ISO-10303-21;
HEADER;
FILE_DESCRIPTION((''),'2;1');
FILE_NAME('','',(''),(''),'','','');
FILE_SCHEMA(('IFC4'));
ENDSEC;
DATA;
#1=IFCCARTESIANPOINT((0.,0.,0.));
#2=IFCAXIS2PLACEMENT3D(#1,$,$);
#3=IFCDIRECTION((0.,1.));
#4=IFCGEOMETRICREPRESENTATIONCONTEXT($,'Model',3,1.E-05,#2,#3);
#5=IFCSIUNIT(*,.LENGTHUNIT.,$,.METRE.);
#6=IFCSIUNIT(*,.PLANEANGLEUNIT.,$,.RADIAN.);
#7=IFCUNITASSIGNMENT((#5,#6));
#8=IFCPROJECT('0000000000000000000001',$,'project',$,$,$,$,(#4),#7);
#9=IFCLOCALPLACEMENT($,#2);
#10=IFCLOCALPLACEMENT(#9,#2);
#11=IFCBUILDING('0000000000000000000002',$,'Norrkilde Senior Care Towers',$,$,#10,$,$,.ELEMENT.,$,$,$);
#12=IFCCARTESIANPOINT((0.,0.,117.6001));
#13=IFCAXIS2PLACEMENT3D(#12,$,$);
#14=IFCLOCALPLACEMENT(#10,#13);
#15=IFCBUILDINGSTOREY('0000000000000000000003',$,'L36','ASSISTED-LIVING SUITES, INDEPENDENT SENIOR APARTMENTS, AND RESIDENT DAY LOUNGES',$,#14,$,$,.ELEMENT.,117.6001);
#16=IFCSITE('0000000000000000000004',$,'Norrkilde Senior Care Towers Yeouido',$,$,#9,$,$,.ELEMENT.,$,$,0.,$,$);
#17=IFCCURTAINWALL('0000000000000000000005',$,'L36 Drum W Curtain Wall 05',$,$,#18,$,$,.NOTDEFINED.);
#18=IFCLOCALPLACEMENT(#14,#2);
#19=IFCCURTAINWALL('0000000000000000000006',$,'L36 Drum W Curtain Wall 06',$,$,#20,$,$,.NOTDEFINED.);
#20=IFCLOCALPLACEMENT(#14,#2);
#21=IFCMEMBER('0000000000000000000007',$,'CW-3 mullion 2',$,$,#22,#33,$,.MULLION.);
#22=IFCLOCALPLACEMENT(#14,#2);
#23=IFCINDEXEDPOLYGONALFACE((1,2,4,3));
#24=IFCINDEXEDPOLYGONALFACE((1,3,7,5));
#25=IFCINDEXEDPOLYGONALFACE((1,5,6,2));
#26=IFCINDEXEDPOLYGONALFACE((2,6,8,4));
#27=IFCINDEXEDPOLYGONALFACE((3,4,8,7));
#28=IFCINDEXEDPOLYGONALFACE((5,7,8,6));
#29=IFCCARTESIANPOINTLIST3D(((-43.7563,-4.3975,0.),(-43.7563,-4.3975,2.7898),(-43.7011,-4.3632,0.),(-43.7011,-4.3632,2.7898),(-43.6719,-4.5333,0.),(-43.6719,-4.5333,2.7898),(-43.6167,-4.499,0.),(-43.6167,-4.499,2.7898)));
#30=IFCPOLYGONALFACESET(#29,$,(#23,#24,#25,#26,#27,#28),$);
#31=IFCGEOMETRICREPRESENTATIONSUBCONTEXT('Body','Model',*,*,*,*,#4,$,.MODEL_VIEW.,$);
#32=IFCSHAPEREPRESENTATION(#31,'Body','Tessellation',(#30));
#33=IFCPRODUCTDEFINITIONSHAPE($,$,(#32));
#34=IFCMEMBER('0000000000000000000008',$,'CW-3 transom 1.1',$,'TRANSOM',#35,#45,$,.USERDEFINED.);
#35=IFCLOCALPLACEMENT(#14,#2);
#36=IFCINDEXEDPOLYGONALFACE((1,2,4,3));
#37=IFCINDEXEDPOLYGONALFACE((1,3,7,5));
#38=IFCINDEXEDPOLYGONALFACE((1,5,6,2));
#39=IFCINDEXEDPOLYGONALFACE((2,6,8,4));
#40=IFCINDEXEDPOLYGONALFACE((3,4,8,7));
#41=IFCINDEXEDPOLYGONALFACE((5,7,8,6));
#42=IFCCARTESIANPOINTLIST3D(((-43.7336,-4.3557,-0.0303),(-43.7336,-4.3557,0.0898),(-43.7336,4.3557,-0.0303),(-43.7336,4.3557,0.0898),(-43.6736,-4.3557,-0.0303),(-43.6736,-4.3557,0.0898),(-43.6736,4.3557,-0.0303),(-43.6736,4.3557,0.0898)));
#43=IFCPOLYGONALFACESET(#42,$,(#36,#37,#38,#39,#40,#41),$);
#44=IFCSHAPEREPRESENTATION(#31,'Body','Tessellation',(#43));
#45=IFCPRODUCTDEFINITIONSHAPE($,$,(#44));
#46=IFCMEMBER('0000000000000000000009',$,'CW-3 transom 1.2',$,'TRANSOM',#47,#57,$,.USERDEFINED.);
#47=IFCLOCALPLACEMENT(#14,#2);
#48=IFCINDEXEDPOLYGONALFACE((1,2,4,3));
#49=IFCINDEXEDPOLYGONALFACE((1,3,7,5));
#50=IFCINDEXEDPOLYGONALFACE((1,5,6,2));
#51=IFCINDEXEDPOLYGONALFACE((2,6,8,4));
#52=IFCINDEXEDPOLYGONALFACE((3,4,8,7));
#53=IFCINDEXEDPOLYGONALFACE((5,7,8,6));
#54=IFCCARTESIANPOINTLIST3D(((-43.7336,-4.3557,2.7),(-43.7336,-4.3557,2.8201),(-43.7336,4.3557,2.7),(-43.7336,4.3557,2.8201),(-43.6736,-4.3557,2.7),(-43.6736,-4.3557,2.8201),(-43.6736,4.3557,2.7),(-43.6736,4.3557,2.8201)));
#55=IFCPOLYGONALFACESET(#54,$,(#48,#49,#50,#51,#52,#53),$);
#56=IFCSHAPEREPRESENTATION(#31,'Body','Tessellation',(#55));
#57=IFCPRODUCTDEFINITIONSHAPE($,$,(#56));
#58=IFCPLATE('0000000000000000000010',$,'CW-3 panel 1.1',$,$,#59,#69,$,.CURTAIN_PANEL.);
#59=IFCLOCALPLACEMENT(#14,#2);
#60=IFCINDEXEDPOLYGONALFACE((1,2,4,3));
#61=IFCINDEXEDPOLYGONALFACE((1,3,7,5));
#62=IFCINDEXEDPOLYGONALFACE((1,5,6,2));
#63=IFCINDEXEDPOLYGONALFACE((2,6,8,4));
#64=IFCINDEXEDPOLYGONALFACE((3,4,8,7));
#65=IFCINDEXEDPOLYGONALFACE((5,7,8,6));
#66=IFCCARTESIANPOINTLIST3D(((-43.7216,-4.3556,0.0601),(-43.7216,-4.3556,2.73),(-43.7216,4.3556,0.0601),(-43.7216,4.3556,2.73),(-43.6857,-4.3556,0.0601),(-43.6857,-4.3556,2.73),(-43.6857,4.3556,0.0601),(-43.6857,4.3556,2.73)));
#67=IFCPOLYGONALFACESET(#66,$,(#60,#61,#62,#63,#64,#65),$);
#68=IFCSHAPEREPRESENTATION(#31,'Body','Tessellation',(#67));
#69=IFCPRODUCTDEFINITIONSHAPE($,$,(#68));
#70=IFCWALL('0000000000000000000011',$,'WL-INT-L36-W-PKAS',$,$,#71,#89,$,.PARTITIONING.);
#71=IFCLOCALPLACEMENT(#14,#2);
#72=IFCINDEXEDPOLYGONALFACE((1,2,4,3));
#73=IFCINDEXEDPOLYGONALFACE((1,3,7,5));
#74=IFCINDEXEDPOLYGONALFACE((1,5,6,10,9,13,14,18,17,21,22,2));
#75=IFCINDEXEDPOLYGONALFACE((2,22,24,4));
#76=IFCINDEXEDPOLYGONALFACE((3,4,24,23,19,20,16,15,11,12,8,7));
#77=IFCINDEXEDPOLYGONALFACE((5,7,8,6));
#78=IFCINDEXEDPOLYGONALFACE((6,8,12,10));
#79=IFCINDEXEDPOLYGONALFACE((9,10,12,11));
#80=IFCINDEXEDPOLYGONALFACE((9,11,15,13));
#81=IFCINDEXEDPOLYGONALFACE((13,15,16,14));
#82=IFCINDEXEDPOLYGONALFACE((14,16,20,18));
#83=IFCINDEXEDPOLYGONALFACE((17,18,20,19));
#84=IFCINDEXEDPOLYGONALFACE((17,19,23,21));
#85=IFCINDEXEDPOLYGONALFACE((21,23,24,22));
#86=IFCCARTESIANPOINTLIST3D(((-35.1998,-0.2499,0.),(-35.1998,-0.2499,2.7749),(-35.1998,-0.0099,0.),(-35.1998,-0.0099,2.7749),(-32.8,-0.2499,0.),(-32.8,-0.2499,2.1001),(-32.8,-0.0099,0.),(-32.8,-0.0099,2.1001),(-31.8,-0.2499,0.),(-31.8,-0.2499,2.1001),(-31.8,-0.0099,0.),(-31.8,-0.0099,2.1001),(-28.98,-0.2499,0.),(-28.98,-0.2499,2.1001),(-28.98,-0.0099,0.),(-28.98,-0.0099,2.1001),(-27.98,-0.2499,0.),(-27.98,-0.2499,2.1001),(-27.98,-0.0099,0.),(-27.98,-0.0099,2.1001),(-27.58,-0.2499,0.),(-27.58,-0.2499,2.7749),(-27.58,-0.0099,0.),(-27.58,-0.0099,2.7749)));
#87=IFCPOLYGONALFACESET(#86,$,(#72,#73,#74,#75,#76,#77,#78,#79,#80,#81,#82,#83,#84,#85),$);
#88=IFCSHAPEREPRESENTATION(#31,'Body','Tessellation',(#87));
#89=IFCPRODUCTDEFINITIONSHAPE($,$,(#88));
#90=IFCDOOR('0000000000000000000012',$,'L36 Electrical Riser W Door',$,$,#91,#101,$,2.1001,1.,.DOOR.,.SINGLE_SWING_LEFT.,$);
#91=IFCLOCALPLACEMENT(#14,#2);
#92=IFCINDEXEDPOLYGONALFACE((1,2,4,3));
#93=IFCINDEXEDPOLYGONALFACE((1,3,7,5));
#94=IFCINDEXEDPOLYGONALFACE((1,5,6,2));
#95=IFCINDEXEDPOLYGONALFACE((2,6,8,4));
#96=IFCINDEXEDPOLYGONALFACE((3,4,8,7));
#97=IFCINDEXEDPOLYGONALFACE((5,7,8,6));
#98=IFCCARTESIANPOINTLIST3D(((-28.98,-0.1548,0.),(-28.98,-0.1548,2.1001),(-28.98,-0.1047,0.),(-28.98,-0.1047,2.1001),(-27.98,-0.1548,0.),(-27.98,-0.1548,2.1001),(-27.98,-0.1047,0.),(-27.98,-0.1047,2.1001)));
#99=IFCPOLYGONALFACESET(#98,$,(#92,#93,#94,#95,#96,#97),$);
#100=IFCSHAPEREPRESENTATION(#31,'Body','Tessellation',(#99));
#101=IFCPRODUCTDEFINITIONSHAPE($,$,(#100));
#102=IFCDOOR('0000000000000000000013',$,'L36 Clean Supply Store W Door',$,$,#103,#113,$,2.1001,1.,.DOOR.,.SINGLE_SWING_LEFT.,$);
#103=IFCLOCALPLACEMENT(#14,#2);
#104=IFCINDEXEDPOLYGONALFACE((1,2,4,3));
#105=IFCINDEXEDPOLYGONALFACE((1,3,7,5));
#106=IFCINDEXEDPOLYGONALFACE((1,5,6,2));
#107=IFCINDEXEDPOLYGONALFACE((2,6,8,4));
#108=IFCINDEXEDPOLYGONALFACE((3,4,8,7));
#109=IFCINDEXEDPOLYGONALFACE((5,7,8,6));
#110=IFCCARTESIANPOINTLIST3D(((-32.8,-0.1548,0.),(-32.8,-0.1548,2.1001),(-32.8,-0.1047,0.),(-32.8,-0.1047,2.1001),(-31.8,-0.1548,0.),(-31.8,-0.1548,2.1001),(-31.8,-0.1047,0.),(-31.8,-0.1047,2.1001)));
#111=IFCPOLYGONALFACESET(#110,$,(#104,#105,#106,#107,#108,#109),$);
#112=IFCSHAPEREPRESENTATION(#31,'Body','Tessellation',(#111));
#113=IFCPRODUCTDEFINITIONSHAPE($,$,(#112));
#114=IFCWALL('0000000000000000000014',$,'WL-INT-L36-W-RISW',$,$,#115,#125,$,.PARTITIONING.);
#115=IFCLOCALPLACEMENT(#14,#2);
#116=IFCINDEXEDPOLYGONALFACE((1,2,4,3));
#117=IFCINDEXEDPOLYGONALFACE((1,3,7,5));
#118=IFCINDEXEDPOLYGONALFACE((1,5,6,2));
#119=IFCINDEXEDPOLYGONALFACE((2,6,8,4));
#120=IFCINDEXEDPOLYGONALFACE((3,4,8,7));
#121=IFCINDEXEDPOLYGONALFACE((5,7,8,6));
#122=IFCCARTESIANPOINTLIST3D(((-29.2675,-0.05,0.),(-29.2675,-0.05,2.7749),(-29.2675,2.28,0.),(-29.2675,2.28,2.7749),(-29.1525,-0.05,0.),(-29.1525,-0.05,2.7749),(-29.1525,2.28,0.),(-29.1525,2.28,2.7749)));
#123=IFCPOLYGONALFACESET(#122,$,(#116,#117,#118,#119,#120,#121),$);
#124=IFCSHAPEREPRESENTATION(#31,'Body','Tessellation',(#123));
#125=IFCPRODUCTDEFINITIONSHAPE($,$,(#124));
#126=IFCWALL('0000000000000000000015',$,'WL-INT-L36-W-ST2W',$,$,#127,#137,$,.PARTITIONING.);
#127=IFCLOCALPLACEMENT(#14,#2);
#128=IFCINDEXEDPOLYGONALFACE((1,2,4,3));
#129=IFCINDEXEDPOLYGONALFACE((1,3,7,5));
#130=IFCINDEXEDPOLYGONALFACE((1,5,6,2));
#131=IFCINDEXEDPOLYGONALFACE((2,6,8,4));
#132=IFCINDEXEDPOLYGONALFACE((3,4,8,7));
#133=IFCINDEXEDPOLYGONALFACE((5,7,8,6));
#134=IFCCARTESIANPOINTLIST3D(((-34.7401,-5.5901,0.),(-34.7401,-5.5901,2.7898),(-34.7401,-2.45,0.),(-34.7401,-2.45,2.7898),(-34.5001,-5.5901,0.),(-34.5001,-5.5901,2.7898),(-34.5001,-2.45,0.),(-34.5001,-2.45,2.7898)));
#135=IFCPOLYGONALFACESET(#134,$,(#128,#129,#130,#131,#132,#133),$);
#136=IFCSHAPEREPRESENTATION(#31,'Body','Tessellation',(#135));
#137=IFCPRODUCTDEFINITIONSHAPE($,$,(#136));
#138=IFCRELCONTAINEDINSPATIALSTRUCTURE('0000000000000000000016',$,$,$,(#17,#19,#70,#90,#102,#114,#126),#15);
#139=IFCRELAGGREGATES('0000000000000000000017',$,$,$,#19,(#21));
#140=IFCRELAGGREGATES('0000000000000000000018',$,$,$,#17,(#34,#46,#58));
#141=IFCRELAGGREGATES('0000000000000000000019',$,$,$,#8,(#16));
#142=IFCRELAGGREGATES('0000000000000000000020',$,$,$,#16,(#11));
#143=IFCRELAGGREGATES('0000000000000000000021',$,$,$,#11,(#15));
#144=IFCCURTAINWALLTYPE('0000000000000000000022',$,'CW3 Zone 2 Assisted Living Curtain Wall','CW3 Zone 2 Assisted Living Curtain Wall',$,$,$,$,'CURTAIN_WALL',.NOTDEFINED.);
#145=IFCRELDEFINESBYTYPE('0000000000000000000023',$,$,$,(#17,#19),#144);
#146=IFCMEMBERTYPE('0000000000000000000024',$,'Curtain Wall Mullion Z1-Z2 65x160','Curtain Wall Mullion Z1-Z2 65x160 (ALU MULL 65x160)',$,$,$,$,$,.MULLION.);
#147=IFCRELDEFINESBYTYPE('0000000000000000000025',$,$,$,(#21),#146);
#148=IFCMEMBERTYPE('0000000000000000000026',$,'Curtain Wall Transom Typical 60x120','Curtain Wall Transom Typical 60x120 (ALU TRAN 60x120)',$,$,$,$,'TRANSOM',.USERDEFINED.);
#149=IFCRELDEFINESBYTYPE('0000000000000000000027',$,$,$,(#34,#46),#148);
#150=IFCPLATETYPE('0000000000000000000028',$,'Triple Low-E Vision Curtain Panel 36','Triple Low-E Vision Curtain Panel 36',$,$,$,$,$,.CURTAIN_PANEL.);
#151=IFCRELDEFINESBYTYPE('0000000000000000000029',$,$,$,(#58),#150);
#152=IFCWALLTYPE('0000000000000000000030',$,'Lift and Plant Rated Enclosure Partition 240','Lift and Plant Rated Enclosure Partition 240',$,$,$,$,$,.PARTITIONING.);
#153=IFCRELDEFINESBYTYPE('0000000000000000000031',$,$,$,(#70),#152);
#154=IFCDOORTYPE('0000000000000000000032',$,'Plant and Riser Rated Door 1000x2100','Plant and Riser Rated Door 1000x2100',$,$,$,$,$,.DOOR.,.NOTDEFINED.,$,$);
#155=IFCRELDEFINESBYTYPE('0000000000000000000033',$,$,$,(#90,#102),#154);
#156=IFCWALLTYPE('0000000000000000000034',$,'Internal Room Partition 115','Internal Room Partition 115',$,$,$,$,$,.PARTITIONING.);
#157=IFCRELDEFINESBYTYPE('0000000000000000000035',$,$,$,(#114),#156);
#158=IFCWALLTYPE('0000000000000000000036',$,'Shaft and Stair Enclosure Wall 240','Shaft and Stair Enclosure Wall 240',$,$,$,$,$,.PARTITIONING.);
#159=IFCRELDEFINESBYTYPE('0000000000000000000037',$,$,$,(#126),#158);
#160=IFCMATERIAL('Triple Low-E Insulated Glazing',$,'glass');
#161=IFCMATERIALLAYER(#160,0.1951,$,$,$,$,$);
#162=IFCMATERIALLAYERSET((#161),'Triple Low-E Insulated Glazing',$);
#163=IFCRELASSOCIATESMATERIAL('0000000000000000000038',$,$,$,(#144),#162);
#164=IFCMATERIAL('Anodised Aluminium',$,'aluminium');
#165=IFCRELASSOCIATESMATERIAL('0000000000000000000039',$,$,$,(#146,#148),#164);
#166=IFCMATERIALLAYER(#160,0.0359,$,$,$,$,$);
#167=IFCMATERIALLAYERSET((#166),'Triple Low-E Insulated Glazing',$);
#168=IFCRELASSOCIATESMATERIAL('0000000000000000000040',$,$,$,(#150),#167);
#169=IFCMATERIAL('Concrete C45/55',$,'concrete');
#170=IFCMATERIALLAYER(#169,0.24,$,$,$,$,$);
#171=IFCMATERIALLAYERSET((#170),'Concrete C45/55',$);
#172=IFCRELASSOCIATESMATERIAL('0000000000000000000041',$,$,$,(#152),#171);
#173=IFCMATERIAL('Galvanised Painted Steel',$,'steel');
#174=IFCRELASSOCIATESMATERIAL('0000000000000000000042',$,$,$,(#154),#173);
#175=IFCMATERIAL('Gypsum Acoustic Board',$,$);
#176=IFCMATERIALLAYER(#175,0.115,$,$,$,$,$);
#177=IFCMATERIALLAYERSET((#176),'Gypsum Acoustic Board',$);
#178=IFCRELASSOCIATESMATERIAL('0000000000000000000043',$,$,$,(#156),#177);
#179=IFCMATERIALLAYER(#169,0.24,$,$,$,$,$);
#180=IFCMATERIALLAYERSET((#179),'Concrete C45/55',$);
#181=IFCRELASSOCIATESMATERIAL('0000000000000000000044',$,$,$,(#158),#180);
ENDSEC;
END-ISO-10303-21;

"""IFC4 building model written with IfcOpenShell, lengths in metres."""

from ifc_helpers import new_model, si_unit, direction, frame, frame_2d, origin, origin_2d, place, context, subcontext, project, spatial, rectangle, extrude, source, transform, mapped, material, layer, layer_set, material_profile, profile_set, type_object, type_shapes, element, fill, aggregate, save


model = new_model("IFC4")

# Units and contexts
model_context = context("Model", 3, precision=1e-05, world=origin(), true_north=direction((0.0, 1.0)))
body_context = subcontext(model_context, "Body", "Model", "MODEL_VIEW")
ifc_project = project(units=[si_unit("LENGTHUNIT", "METRE"), si_unit("PLANEANGLEUNIT", "RADIAN")], contexts=[model_context])

# Site, building, storey
site_placement = place(None, origin())
site = spatial("IfcSite", under=ifc_project, at=site_placement, Name="Norrkilde Senior Care Towers Yeouido", CompositionType="ELEMENT", RefElevation=0.0)
building_placement = place(site_placement, origin())
building = spatial("IfcBuilding", under=site, at=building_placement, Name="Norrkilde Senior Care Towers", CompositionType="ELEMENT")
storey_placement = place(building_placement, frame((0.0, 0.0, 117.6001)))
storey = spatial("IfcBuildingStorey", under=building, at=storey_placement, Name="L36", Description="ASSISTED-LIVING SUITES, INDEPENDENT SENIOR APARTMENTS, AND RESIDENT DAY LOUNGES", CompositionType="ELEMENT", Elevation=117.6001)

# Curtain walls, member
ifc_material_1 = material(Name="Triple Low-E Insulated Glazing", Category="glass")
ifc_layer_1 = layer(ifc_material_1, 0.1951)
ifc_layer_set_1 = layer_set([ifc_layer_1], Name="Triple Low-E Insulated Glazing")
curtain_wall_type = type_object("IfcCurtainWallType", Name="CW3 Zone 2 Assisted Living Curtain Wall", Description="CW3 Zone 2 Assisted Living Curtain Wall", ElementType="CURTAIN_WALL", PredefinedType="NOTDEFINED", material=ifc_layer_set_1)
curtain_wall_1_placement = place(storey_placement, origin())
curtain_wall_1 = element("IfcCurtainWall", 1, at=curtain_wall_1_placement, inside=storey, type_object=curtain_wall_type, Name="L36 Drum W Curtain Wall 05", PredefinedType="NOTDEFINED")
ifc_material_2 = material(Name="Anodised Aluminium", Category="aluminium")
ifc_material_profile_1 = material_profile(ifc_material_2, rectangle(XDim=0.0649, YDim=0.1599, at=origin_2d()), Name="ALU MULL 65x160")
ifc_profile_set_1 = profile_set([ifc_material_profile_1], Name="Anodised Aluminium")
member_type_1 = type_object("IfcMemberType", Name="Curtain Wall Mullion Z1-Z2 65x160", Description="Curtain Wall Mullion Z1-Z2 65x160 (ALU MULL 65x160)", PredefinedType="MULLION", material=ifc_profile_set_1)
shared_shape_1 = source(origin(), body_context, "Body", "SweptSolid", [
    extrude(rectangle(XDim=0.0649, YDim=0.1599, at=origin_2d()), origin(), (0.0, 0.0, 1.0), 2.7898),
])
type_shapes(member_type_1, [shared_shape_1])
curtain_wall_2_placement = place(storey_placement, origin())
curtain_wall_2 = element("IfcCurtainWall", 2, at=curtain_wall_2_placement, inside=storey, type_object=curtain_wall_type, Name="L36 Drum W Curtain Wall 06", PredefinedType="NOTDEFINED")
member_1_placement = place(storey_placement, frame((-43.6865, -4.4482, 0.0), z_axis=(0.0, 0.0, 1.0), x_axis=(-0.84941, -0.527733, 0.0)))
member_1 = element("IfcMember", 3, at=member_1_placement, type_object=member_type_1, Name="CW-3 mullion 2", PredefinedType="MULLION", context=body_context, shape_type="MappedRepresentation", body=[
    mapped(shared_shape_1, transform((0.0, 0.0, 0.0), x_axis=(1.0, 0.0, 0.0), y_axis=(0.0, 1.0, 0.0), z_axis=(0.0, 0.0, 1.0), scale=1.0)),
])
aggregate(curtain_wall_2, [member_1])

# Members
ifc_material_profile_2 = material_profile(ifc_material_2, rectangle(XDim=0.0601, YDim=0.1201, at=origin_2d()), Name="ALU TRAN 60x120")
ifc_profile_set_2 = profile_set([ifc_material_profile_2], Name="Anodised Aluminium")
member_type_2 = type_object("IfcMemberType", Name="Curtain Wall Transom Typical 60x120", Description="Curtain Wall Transom Typical 60x120 (ALU TRAN 60x120)", ElementType="TRANSOM", PredefinedType="USERDEFINED", material=ifc_profile_set_2)
shared_shape_2 = source(origin(), body_context, "Body", "SweptSolid", [
    extrude(rectangle(XDim=0.0601, YDim=0.1201, at=origin_2d()), origin(), (0.0, 0.0, 1.0), 8.7114),
])
type_shapes(member_type_2, [shared_shape_2])
member_2_placement = place(storey_placement, frame((-43.7036, -4.3557, 0.0298), z_axis=(0.0, 1.0, 0.0), x_axis=(-1.0, 0.0, 0.0)))
member_2 = element("IfcMember", 4, at=member_2_placement, type_object=member_type_2, Name="CW-3 transom 1.1", ObjectType="TRANSOM", PredefinedType="USERDEFINED", context=body_context, shape_type="MappedRepresentation", body=[
    mapped(shared_shape_2, transform((0.0, 0.0, 0.0), x_axis=(1.0, 0.0, 0.0), y_axis=(0.0, 1.0, 0.0), z_axis=(0.0, 0.0, 1.0), scale=1.0)),
])
member_3_placement = place(storey_placement, frame((-43.7036, -4.3557, 2.76), z_axis=(0.0, 1.0, 0.0), x_axis=(-1.0, 0.0, 0.0)))
member_3 = element("IfcMember", 5, at=member_3_placement, type_object=member_type_2, Name="CW-3 transom 1.2", ObjectType="TRANSOM", PredefinedType="USERDEFINED", context=body_context, shape_type="MappedRepresentation", body=[
    mapped(shared_shape_2, transform((0.0, 0.0, 0.0), x_axis=(1.0, 0.0, 0.0), y_axis=(0.0, 1.0, 0.0), z_axis=(0.0, 0.0, 1.0), scale=1.0)),
])

# Plate
ifc_layer_2 = layer(ifc_material_1, 0.0359)
ifc_layer_set_2 = layer_set([ifc_layer_2], Name="Triple Low-E Insulated Glazing")
plate_type = type_object("IfcPlateType", Name="Triple Low-E Vision Curtain Panel 36", Description="Triple Low-E Vision Curtain Panel 36", PredefinedType="CURTAIN_PANEL", material=ifc_layer_set_2)
shared_shape_3 = source(origin(), body_context, "Body", "SweptSolid", [
    extrude(rectangle(XDim=8.7112, YDim=0.0359, at=origin_2d()), origin(), (0.0, 0.0, 1.0), 2.6699),
])
type_shapes(plate_type, [shared_shape_3])
plate_placement = place(storey_placement, frame((-43.7036, 0.0, 0.0601), z_axis=(0.0, 0.0, 1.0), x_axis=(0.0, 1.0, 0.0)))
plate = element("IfcPlate", 6, at=plate_placement, type_object=plate_type, Name="CW-3 panel 1.1", PredefinedType="CURTAIN_PANEL", context=body_context, shape_type="MappedRepresentation", body=[
    mapped(shared_shape_3, transform((0.0, 0.0, 0.0), x_axis=(1.0, 0.0, 0.0), y_axis=(0.0, 1.0, 0.0), z_axis=(0.0, 0.0, 1.0), scale=1.0)),
])
aggregate(curtain_wall_1, [member_2, member_3, plate])

# Shared definitions
ifc_material_3 = material(Name="Galvanised Painted Steel", Category="steel")

# Wall, openings, doors
ifc_material_4 = material(Name="Concrete C45/55", Category="concrete")
ifc_layer_3 = layer(ifc_material_4, 0.24)
ifc_layer_set_3 = layer_set([ifc_layer_3], Name="Concrete C45/55")
wall_type_1 = type_object("IfcWallType", Name="Lift and Plant Rated Enclosure Partition 240", Description="Lift and Plant Rated Enclosure Partition 240", PredefinedType="PARTITIONING", material=ifc_layer_set_3)
shared_shape_4 = source(origin(), body_context, "Body", "SweptSolid", [
    extrude(rectangle(XDim=7.6199, YDim=0.24, at=frame_2d((3.8101, 0.0))), origin(), (0.0, 0.0, 1.0), 2.7749),
])
type_shapes(wall_type_1, [shared_shape_4])
wall_1_placement = place(storey_placement, frame((-35.2, -0.1299, 0.0), z_axis=(0.0, 0.0, 1.0), x_axis=(1.0, 0.0, 0.0)))
wall_1 = element("IfcWall", 7, at=wall_1_placement, inside=storey, type_object=wall_type_1, Name="WL-INT-L36-W-PKAS", PredefinedType="PARTITIONING", context=body_context, shape_type="MappedRepresentation", body=[
    mapped(shared_shape_4, transform((0.0, 0.0, 0.0), x_axis=(1.0, 0.0, 0.0), y_axis=(0.0, 1.0, 0.0), z_axis=(0.0, 0.0, 1.0), scale=1.0)),
])
opening_1_placement = place(wall_1_placement, frame((6.22, 0.0, 0.0)))
opening_1 = element("IfcOpeningElement", 8, at=opening_1_placement, cuts=wall_1, PredefinedType="OPENING", context=body_context, shape_type="SweptSolid", body=[
    extrude(rectangle(XDim=1.0, YDim=2.1001, at=frame_2d((0.5, 1.05))), frame((0.0, 0.1299, 0.0), z_axis=(0.0, -1.0, 0.0), x_axis=(1.0, 0.0, 0.0)), (0.0, 0.0, 1.0), 0.26),
])
opening_2_placement = place(wall_1_placement, frame((2.3999, 0.0, 0.0)))
opening_2 = element("IfcOpeningElement", 9, at=opening_2_placement, cuts=wall_1, PredefinedType="OPENING", context=body_context, shape_type="SweptSolid", body=[
    extrude(rectangle(XDim=1.0, YDim=2.1001, at=frame_2d((0.5, 1.05))), frame((0.0, 0.1299, 0.0), z_axis=(0.0, -1.0, 0.0), x_axis=(1.0, 0.0, 0.0)), (0.0, 0.0, 1.0), 0.26),
])
door_type_1 = type_object("IfcDoorType", Name="Plant and Riser Rated Door 1000x2100", Description="Plant and Riser Rated Door 1000x2100", OperationType="NOTDEFINED", PredefinedType="DOOR", material=ifc_material_3)
shared_shape_5 = source(origin(), body_context, "Body", "SweptSolid", [
    extrude(rectangle(XDim=1.0, YDim=2.1001, at=frame_2d((0.5, 1.05))), frame((0.0, 0.0249, 0.0), z_axis=(0.0, -1.0, 0.0), x_axis=(1.0, 0.0, 0.0)), (0.0, 0.0, 1.0), 0.05),
])
type_shapes(door_type_1, [shared_shape_5])
door_1_placement = place(opening_1_placement, frame((1.0, 0.0, 0.0), z_axis=(0.0, 0.0, 1.0), x_axis=(-1.0, 0.0, 0.0)))
door_1 = element("IfcDoor", 10, at=door_1_placement, inside=storey, type_object=door_type_1, Name="L36 Electrical Riser W Door", OperationType="SINGLE_SWING_LEFT", OverallHeight=2.1001, OverallWidth=1.0, PredefinedType="DOOR", context=body_context, shape_type="MappedRepresentation", body=[
    mapped(shared_shape_5, transform((0.0, 0.0, 0.0), x_axis=(1.0, 0.0, 0.0), y_axis=(0.0, 1.0, 0.0), z_axis=(0.0, 0.0, 1.0), scale=1.0)),
])
fill(opening_1, door_1)
door_2_placement = place(opening_2_placement, frame((1.0, 0.0, 0.0), z_axis=(0.0, 0.0, 1.0), x_axis=(-1.0, 0.0, 0.0)))
door_2 = element("IfcDoor", 11, at=door_2_placement, inside=storey, type_object=door_type_1, Name="L36 Clean Supply Store W Door", OperationType="SINGLE_SWING_LEFT", OverallHeight=2.1001, OverallWidth=1.0, PredefinedType="DOOR", context=body_context, shape_type="MappedRepresentation", body=[
    mapped(shared_shape_5, transform((0.0, 0.0, 0.0), x_axis=(1.0, 0.0, 0.0), y_axis=(0.0, 1.0, 0.0), z_axis=(0.0, 0.0, 1.0), scale=1.0)),
])
fill(opening_2, door_2)

# Wall
ifc_material_5 = material(Name="Gypsum Acoustic Board")
ifc_layer_4 = layer(ifc_material_5, 0.115)
ifc_layer_set_4 = layer_set([ifc_layer_4], Name="Gypsum Acoustic Board")
wall_type_2 = type_object("IfcWallType", Name="Internal Room Partition 115", Description="Internal Room Partition 115", PredefinedType="PARTITIONING", material=ifc_layer_set_4)
shared_shape_6 = source(origin(), body_context, "Body", "SweptSolid", [
    extrude(rectangle(XDim=2.3301, YDim=0.115, at=frame_2d((1.165, 0.0))), origin(), (0.0, 0.0, 1.0), 2.7749),
])
type_shapes(wall_type_2, [shared_shape_6])
wall_2_placement = place(storey_placement, frame((-29.21, -0.05, 0.0), z_axis=(0.0, 0.0, 1.0), x_axis=(0.0, 1.0, 0.0)))
element("IfcWall", 12, at=wall_2_placement, inside=storey, type_object=wall_type_2, Name="WL-INT-L36-W-RISW", PredefinedType="PARTITIONING", context=body_context, shape_type="MappedRepresentation", body=[
    mapped(shared_shape_6, transform((0.0, 0.0, 0.0), x_axis=(1.0, 0.0, 0.0), y_axis=(0.0, 1.0, 0.0), z_axis=(0.0, 0.0, 1.0), scale=1.0)),
])

# Shared definitions
ifc_layer_5 = layer(ifc_material_4, 0.24)
ifc_layer_set_5 = layer_set([ifc_layer_5], Name="Concrete C45/55")
wall_type_3 = type_object("IfcWallType", Name="Shaft and Stair Enclosure Wall 240", Description="Shaft and Stair Enclosure Wall 240", PredefinedType="PARTITIONING", material=ifc_layer_set_5)

# Wall
shared_shape_7 = source(origin(), body_context, "Body", "SweptSolid", [
    extrude(rectangle(XDim=3.1401, YDim=0.24, at=frame_2d((1.5701, 0.0))), origin(), (0.0, 0.0, 1.0), 2.7898),
])
wall_3_placement = place(storey_placement, frame((-34.6201, -5.5901, 0.0), z_axis=(0.0, 0.0, 1.0), x_axis=(0.0, 1.0, 0.0)))
element("IfcWall", 13, at=wall_3_placement, inside=storey, type_object=wall_type_3, Name="WL-INT-L36-W-ST2W", PredefinedType="PARTITIONING", context=body_context, shape_type="MappedRepresentation", body=[
    mapped(shared_shape_7, transform((0.0, 0.0, 0.0), x_axis=(1.0, 0.0, 0.0), y_axis=(0.0, 1.0, 0.0), z_axis=(0.0, 0.0, 1.0), scale=1.0)),
])

save(model, "model.ifc")
